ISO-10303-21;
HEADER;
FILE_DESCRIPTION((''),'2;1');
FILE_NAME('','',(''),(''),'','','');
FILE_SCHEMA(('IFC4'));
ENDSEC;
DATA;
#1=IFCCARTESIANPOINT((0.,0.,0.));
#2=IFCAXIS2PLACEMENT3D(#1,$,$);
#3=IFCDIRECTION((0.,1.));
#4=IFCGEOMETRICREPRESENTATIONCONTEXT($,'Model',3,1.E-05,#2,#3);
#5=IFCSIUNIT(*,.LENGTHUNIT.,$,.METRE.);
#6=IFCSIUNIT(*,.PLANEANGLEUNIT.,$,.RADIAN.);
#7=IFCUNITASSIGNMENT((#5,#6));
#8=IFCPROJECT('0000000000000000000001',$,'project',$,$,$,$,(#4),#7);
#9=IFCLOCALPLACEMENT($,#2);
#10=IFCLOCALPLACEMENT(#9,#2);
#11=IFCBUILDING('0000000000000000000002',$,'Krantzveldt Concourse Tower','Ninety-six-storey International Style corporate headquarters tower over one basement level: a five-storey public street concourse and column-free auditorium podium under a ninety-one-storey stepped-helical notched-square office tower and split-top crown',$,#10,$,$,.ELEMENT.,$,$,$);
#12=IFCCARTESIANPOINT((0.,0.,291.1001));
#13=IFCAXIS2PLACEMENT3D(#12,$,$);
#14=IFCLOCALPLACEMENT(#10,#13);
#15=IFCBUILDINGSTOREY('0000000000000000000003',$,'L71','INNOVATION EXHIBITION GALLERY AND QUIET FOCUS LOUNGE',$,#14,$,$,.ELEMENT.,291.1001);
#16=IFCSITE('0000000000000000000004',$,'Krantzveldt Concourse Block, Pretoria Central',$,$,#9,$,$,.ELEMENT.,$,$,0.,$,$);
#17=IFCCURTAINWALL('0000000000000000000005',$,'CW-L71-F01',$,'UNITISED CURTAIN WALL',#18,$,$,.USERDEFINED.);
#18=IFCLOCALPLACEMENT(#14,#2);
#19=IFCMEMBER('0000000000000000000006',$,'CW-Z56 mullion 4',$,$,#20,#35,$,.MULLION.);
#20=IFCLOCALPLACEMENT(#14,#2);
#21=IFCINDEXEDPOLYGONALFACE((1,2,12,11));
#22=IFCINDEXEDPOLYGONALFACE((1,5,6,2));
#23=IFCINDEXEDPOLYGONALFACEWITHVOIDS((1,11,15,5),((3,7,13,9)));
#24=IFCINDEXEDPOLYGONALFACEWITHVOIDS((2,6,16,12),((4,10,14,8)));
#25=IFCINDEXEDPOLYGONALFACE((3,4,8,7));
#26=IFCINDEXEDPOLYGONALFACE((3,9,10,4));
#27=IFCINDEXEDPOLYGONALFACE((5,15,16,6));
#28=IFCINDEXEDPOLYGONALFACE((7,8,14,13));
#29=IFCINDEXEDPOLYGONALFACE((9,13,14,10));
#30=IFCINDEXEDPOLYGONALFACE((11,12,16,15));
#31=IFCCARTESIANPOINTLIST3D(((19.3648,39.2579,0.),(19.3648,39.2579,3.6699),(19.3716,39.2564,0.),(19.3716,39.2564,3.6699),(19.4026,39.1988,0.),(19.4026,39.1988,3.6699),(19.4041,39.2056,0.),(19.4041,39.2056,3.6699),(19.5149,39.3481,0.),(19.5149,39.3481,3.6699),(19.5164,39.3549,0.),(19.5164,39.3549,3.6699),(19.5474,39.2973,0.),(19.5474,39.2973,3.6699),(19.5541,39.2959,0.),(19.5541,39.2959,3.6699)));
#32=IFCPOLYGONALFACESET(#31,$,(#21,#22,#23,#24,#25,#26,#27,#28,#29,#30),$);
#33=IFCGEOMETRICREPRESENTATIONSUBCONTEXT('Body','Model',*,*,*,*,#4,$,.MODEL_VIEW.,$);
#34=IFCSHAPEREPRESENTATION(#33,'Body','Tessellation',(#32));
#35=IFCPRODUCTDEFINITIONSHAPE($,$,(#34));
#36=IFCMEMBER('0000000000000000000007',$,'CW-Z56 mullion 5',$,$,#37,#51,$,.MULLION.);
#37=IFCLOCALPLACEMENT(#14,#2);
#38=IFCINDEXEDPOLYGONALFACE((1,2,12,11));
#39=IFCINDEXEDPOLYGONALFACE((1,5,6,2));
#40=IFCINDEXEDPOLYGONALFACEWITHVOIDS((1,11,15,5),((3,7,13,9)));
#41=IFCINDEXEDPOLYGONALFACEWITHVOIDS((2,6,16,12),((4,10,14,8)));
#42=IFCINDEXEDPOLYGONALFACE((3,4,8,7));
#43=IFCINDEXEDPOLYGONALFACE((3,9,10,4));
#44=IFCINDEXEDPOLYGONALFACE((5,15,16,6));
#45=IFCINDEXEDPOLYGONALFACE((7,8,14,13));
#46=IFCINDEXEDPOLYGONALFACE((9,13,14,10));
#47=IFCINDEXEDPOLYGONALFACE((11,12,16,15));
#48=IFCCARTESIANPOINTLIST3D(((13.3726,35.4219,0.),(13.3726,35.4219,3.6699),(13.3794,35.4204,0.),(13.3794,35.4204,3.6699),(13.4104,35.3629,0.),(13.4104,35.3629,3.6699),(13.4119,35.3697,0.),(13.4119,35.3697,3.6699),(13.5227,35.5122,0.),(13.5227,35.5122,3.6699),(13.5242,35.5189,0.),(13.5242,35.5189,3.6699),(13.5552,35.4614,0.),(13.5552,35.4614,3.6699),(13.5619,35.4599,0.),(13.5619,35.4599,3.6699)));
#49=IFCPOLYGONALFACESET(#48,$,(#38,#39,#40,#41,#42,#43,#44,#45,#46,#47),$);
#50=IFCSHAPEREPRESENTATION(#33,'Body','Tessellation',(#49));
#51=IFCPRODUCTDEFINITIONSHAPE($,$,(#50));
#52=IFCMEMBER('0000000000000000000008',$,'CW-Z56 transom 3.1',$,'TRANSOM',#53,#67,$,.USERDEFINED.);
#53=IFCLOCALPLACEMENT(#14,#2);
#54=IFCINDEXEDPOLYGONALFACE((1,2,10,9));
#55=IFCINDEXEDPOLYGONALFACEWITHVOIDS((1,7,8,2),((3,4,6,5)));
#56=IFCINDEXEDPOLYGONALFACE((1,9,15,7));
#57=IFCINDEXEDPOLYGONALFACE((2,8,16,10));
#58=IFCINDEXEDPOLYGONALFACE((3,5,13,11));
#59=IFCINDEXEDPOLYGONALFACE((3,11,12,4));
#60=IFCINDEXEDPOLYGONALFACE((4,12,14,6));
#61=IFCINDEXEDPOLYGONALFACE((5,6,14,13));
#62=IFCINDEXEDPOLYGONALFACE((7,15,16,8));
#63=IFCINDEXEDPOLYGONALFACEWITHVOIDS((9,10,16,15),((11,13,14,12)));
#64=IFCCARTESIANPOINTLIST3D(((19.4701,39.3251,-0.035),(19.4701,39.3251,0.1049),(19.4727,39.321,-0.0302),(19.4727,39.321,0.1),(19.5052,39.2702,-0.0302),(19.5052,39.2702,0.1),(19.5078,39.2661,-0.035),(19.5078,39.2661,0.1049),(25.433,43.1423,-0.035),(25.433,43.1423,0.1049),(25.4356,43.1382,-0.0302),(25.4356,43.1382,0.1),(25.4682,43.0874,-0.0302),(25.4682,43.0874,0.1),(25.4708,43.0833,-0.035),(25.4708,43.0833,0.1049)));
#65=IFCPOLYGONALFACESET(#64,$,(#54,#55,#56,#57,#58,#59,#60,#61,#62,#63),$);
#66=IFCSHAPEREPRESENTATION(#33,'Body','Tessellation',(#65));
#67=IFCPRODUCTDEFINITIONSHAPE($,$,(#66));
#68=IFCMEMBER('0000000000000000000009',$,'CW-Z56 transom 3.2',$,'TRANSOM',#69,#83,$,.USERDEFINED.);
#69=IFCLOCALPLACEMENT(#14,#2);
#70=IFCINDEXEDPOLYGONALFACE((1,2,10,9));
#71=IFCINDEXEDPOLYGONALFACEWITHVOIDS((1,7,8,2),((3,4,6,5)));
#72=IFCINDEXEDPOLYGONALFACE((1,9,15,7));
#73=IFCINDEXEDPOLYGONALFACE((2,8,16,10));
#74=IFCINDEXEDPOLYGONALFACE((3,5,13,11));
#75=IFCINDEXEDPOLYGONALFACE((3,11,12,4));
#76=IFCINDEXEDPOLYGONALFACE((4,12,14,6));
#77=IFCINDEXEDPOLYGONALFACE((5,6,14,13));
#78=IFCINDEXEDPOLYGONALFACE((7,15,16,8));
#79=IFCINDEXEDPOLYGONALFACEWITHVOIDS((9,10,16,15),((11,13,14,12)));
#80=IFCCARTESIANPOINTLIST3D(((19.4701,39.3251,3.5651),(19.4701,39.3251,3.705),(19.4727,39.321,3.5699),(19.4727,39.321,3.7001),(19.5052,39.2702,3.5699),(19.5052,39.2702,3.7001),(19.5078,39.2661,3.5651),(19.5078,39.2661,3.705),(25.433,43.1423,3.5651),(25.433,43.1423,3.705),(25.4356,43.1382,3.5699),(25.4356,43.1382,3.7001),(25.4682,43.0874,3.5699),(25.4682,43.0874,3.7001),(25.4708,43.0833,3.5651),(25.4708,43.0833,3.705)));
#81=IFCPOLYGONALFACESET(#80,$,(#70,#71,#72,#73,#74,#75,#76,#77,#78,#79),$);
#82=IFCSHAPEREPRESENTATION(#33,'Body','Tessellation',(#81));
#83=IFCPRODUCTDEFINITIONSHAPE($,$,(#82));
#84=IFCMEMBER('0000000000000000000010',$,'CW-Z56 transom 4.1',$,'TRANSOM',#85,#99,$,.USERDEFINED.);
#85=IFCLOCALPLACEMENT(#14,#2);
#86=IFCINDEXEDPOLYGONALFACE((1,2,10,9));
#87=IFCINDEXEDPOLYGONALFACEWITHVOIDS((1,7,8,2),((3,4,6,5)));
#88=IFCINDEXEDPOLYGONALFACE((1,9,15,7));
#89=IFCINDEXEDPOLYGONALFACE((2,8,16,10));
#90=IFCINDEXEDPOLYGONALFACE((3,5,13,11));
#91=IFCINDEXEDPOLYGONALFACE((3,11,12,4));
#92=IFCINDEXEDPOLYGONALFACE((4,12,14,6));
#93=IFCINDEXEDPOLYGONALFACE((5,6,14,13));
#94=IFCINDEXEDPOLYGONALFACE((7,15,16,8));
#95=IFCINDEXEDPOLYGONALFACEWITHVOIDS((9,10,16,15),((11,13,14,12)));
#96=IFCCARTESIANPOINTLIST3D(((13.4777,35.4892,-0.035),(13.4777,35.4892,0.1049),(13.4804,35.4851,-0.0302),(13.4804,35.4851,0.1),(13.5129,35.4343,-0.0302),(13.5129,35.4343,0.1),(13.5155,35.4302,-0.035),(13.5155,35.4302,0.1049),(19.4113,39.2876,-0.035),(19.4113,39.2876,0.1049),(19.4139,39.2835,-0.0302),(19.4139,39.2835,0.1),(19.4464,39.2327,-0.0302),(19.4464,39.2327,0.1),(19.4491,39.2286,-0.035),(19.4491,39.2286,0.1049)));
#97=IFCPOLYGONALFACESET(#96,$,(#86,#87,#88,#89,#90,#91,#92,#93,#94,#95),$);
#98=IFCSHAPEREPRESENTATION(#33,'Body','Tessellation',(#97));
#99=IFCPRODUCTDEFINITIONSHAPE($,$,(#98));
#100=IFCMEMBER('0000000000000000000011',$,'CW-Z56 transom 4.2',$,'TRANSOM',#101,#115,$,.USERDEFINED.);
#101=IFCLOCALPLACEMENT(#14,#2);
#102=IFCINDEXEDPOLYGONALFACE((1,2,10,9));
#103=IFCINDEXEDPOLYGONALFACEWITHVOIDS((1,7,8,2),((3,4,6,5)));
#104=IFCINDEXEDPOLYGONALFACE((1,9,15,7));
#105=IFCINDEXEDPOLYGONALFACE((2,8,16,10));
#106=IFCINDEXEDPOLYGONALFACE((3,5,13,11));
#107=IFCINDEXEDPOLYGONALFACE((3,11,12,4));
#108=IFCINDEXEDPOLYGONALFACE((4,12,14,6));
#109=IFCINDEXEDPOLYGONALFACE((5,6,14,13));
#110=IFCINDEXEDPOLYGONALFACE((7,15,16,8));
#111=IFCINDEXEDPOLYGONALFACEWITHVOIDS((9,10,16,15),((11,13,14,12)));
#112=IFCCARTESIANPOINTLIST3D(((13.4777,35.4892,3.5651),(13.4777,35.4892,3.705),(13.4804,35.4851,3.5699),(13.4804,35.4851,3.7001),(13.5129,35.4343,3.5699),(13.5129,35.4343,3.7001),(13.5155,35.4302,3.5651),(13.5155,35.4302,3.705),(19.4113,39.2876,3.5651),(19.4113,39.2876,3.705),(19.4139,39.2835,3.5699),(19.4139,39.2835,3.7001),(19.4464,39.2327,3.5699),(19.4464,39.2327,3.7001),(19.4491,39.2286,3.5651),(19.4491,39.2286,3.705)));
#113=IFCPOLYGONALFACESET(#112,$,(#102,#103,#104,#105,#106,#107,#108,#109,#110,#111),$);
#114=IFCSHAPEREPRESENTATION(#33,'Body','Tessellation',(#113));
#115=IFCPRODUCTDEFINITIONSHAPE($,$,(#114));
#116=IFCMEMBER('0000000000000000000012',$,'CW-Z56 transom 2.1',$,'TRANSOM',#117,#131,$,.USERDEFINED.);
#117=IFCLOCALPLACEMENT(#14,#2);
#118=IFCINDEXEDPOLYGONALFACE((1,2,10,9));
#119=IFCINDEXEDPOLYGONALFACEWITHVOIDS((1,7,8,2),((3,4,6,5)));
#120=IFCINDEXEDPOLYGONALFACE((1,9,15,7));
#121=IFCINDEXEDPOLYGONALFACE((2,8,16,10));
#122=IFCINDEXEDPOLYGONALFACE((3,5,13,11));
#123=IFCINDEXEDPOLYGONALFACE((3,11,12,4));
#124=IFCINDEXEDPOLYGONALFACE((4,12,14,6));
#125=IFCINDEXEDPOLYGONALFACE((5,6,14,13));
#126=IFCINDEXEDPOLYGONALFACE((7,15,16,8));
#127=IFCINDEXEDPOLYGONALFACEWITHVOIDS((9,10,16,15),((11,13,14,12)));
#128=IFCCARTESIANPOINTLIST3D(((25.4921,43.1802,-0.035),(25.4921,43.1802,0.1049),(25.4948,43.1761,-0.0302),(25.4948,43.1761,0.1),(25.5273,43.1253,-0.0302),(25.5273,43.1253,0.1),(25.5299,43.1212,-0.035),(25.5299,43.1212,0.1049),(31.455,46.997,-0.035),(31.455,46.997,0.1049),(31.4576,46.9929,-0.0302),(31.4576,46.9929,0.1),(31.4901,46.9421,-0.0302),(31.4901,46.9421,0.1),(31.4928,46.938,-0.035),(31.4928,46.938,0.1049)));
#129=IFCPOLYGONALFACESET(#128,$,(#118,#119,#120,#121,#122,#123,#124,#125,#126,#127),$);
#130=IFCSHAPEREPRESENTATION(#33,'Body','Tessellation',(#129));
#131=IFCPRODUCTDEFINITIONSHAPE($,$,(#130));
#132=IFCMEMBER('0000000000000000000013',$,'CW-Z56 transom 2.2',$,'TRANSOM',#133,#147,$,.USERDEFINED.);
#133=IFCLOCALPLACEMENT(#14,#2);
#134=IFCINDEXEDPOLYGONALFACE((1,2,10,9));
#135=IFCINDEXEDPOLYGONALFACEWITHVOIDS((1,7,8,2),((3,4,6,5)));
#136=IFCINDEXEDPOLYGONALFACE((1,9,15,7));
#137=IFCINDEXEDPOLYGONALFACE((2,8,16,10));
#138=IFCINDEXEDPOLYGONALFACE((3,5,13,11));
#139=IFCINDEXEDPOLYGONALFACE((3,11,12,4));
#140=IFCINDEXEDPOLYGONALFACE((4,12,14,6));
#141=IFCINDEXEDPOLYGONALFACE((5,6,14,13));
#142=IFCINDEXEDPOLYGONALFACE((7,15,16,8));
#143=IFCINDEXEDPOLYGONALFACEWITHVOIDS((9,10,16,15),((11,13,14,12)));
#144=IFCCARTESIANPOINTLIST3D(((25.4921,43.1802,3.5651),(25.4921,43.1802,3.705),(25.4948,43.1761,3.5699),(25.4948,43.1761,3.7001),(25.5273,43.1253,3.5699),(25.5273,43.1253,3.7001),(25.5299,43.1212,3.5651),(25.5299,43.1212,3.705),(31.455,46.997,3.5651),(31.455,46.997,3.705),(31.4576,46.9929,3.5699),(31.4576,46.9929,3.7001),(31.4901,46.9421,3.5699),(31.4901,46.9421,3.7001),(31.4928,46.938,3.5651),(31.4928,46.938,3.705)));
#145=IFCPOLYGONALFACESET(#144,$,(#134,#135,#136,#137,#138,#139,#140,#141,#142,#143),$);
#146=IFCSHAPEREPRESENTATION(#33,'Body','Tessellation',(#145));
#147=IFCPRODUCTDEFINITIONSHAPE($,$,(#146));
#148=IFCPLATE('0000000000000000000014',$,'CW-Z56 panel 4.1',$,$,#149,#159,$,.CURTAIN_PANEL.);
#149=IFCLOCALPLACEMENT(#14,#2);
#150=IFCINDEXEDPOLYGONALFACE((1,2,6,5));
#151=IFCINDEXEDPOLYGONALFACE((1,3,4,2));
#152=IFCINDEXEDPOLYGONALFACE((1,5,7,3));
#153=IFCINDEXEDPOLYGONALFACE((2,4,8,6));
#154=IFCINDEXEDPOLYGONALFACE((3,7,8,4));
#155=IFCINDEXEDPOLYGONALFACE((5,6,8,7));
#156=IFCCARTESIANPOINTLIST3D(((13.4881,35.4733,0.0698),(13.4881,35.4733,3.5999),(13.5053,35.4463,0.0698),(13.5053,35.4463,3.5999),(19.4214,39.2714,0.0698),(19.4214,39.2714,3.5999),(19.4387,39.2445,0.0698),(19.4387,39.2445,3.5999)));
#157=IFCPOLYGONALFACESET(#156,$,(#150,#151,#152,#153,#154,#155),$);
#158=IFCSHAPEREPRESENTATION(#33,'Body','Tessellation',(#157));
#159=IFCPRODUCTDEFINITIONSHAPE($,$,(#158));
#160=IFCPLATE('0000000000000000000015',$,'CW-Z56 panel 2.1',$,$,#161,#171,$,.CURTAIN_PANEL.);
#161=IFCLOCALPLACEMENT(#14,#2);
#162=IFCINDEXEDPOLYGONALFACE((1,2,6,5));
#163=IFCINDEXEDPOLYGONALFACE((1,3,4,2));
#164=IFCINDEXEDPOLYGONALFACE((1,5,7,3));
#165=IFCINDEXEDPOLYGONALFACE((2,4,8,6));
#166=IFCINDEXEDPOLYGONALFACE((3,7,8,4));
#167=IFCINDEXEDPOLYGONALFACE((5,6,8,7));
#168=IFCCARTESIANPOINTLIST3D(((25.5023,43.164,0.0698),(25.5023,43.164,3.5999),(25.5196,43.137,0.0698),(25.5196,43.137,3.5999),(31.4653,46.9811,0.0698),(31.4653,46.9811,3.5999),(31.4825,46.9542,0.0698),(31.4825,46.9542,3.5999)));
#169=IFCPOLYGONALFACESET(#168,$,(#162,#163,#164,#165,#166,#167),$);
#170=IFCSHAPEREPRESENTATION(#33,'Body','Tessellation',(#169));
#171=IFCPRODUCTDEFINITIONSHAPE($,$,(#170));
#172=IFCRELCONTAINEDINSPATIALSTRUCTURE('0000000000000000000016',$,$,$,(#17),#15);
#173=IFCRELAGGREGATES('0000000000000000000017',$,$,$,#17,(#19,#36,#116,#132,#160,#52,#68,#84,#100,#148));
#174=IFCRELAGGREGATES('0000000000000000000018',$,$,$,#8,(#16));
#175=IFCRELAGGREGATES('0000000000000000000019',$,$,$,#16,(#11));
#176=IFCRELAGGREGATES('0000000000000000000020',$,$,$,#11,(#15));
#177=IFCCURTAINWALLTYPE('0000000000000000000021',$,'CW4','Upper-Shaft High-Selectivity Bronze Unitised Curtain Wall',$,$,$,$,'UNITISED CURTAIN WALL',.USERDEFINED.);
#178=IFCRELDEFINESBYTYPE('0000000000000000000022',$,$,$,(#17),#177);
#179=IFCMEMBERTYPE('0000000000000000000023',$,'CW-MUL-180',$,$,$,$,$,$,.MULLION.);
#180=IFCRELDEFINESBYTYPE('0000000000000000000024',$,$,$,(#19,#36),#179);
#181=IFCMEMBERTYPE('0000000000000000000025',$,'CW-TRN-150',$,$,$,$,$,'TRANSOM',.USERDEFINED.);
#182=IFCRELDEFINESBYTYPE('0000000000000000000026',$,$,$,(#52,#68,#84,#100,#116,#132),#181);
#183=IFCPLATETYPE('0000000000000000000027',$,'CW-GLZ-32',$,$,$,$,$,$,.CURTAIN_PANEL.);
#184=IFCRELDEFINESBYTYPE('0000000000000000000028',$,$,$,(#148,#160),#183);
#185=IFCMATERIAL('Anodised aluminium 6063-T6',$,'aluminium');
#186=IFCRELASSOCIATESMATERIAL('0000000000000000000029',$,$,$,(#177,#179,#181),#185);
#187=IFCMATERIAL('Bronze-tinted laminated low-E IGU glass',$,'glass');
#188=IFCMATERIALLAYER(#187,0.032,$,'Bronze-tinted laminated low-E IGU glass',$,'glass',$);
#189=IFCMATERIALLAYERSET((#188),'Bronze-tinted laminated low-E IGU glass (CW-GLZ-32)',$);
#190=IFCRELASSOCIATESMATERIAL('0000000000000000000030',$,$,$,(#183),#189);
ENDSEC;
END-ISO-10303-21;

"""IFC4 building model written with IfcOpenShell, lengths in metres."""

from ifc_helpers import new_model, si_unit, direction, frame, origin, origin_2d, place, context, subcontext, project, spatial, rectangle, hollow_rectangle, extrude, source, transform, mapped, material, layer, layer_set, material_profile, profile_set, type_object, type_shapes, element, aggregate, save


model = new_model("IFC4")

# Units and contexts
model_context = context("Model", 3, precision=1e-05, world=origin(), true_north=direction((0.0, 1.0)))
body_context = subcontext(model_context, "Body", "Model", "MODEL_VIEW")
ifc_project = project(units=[si_unit("LENGTHUNIT", "METRE"), si_unit("PLANEANGLEUNIT", "RADIAN")], contexts=[model_context])

# Site, building, storey
site_placement = place(None, origin())
site = spatial("IfcSite", under=ifc_project, at=site_placement, Name="Krantzveldt Concourse Block, Pretoria Central", CompositionType="ELEMENT", RefElevation=0.0)
building_placement = place(site_placement, origin())
building = spatial("IfcBuilding", under=site, at=building_placement, Name="Krantzveldt Concourse Tower", Description="Ninety-six-storey International Style corporate headquarters tower over one basement level: a five-storey public street concourse and column-free auditorium podium under a ninety-one-storey stepped-helical notched-square office tower and split-top crown", CompositionType="ELEMENT")
storey_placement = place(building_placement, frame((0.0, 0.0, 291.1001)))
storey = spatial("IfcBuildingStorey", under=building, at=storey_placement, Name="L71", Description="INNOVATION EXHIBITION GALLERY AND QUIET FOCUS LOUNGE", CompositionType="ELEMENT", Elevation=291.1001)

# Curtain wall, members, plates
ifc_material_1 = material(Name="Anodised aluminium 6063-T6", Category="aluminium")
curtain_wall_type = type_object("IfcCurtainWallType", Name="CW4", Description="Upper-Shaft High-Selectivity Bronze Unitised Curtain Wall", ElementType="UNITISED CURTAIN WALL", PredefinedType="USERDEFINED", material=ifc_material_1)
curtain_wall_placement = place(storey_placement, origin())
curtain_wall = element("IfcCurtainWall", 1, at=curtain_wall_placement, inside=storey, type_object=curtain_wall_type, Name="CW-L71-F01", ObjectType="UNITISED CURTAIN WALL", PredefinedType="USERDEFINED")
ifc_material_profile_1 = material_profile(ifc_material_1, hollow_rectangle(XDim=0.0701, YDim=0.1799, WallThickness=0.0049, at=origin_2d()), Name="Anodised aluminium 6063-T6", Category="aluminium")
ifc_profile_set_1 = profile_set([ifc_material_profile_1], Name="Anodised aluminium 6063-T6 - ALU-MULL 180x70x5")
member_type_1 = type_object("IfcMemberType", Name="CW-MUL-180", PredefinedType="MULLION", material=ifc_profile_set_1)
shared_shape_1 = source(origin(), body_context, "Body", "SweptSolid", [
    extrude(hollow_rectangle(XDim=0.0701, YDim=0.1799, WallThickness=0.0049, at=origin_2d()), origin(), (0.0, 0.0, 1.0), 3.6699),
])
type_shapes(member_type_1, [shared_shape_1])
member_1_placement = place(storey_placement, frame((19.4595, 39.2769, 0.0), z_axis=(0.0, 0.0, 1.0), x_axis=(0.539138, -0.842217, 0.0)))
member_1 = element("IfcMember", 2, at=member_1_placement, type_object=member_type_1, Name="CW-Z56 mullion 4", PredefinedType="MULLION", context=body_context, shape_type="MappedRepresentation", body=[
    mapped(shared_shape_1, transform((0.0, 0.0, 0.0), x_axis=(1.0, 0.0, 0.0), y_axis=(0.0, 1.0, 0.0), z_axis=(0.0, 0.0, 1.0), scale=1.0)),
])
member_2_placement = place(storey_placement, frame((13.4673, 35.4409, 0.0), z_axis=(0.0, 0.0, 1.0), x_axis=(0.539138, -0.842217, 0.0)))
member_2 = element("IfcMember", 3, at=member_2_placement, type_object=member_type_1, Name="CW-Z56 mullion 5", PredefinedType="MULLION", context=body_context, shape_type="MappedRepresentation", body=[
    mapped(shared_shape_1, transform((0.0, 0.0, 0.0), x_axis=(1.0, 0.0, 0.0), y_axis=(0.0, 1.0, 0.0), z_axis=(0.0, 0.0, 1.0), scale=1.0)),
])
ifc_material_profile_2 = material_profile(ifc_material_1, hollow_rectangle(XDim=0.0701, YDim=0.1399, WallThickness=0.0049, at=origin_2d()), Name="Anodised aluminium 6063-T6", Category="aluminium")
ifc_profile_set_2 = profile_set([ifc_material_profile_2], Name="Anodised aluminium 6063-T6 - ALU-TRAN 140x70x5")
member_type_2 = type_object("IfcMemberType", Name="CW-TRN-150", ElementType="TRANSOM", PredefinedType="USERDEFINED", material=ifc_profile_set_2)
shared_shape_2 = source(origin(), body_context, "Body", "SweptSolid", [
    extrude(hollow_rectangle(XDim=0.0701, YDim=0.1399, WallThickness=0.0049, at=origin_2d()), origin(), (0.0, 0.0, 1.0), 7.0801),
])
member_3_placement = place(storey_placement, frame((25.4519, 43.1128, 0.0349), z_axis=(-0.842214, -0.539143, 0.0), x_axis=(0.539143, -0.842214, 0.0)))
member_3 = element("IfcMember", 4, at=member_3_placement, type_object=member_type_2, Name="CW-Z56 transom 3.1", ObjectType="TRANSOM", PredefinedType="USERDEFINED", context=body_context, shape_type="MappedRepresentation", body=[
    mapped(shared_shape_2, transform((0.0, 0.0, 0.0), x_axis=(1.0, 0.0, 0.0), y_axis=(0.0, 1.0, 0.0), z_axis=(0.0, 0.0, 1.0), scale=1.0)),
])
member_4_placement = place(storey_placement, frame((25.4519, 43.1128, 3.635), z_axis=(-0.842214, -0.539143, 0.0), x_axis=(0.539143, -0.842214, 0.0)))
member_4 = element("IfcMember", 5, at=member_4_placement, type_object=member_type_2, Name="CW-Z56 transom 3.2", ObjectType="TRANSOM", PredefinedType="USERDEFINED", context=body_context, shape_type="MappedRepresentation", body=[
    mapped(shared_shape_2, transform((0.0, 0.0, 0.0), x_axis=(1.0, 0.0, 0.0), y_axis=(0.0, 1.0, 0.0), z_axis=(0.0, 0.0, 1.0), scale=1.0)),
])
shared_shape_3 = source(origin(), body_context, "Body", "SweptSolid", [
    extrude(hollow_rectangle(XDim=0.0701, YDim=0.1399, WallThickness=0.0049, at=origin_2d()), origin(), (0.0, 0.0, 1.0), 7.0452),
])
member_5_placement = place(storey_placement, frame((19.4302, 39.2581, 0.0349), z_axis=(-0.842217, -0.539138, 0.0), x_axis=(0.539138, -0.842217, 0.0)))
member_5 = element("IfcMember", 6, at=member_5_placement, type_object=member_type_2, Name="CW-Z56 transom 4.1", ObjectType="TRANSOM", PredefinedType="USERDEFINED", context=body_context, shape_type="MappedRepresentation", body=[
    mapped(shared_shape_3, transform((0.0, 0.0, 0.0), x_axis=(1.0, 0.0, 0.0), y_axis=(0.0, 1.0, 0.0), z_axis=(0.0, 0.0, 1.0), scale=1.0)),
])
member_6_placement = place(storey_placement, frame((19.4302, 39.2581, 3.635), z_axis=(-0.842217, -0.539138, 0.0), x_axis=(0.539138, -0.842217, 0.0)))
member_6 = element("IfcMember", 7, at=member_6_placement, type_object=member_type_2, Name="CW-Z56 transom 4.2", ObjectType="TRANSOM", PredefinedType="USERDEFINED", context=body_context, shape_type="MappedRepresentation", body=[
    mapped(shared_shape_3, transform((0.0, 0.0, 0.0), x_axis=(1.0, 0.0, 0.0), y_axis=(0.0, 1.0, 0.0), z_axis=(0.0, 0.0, 1.0), scale=1.0)),
])
shared_shape_4 = source(origin(), body_context, "Body", "SweptSolid", [
    extrude(hollow_rectangle(XDim=0.0701, YDim=0.1399, WallThickness=0.0049, at=origin_2d()), origin(), (0.0, 0.0, 1.0), 7.0798),
])
type_shapes(member_type_2, [shared_shape_2, shared_shape_3, shared_shape_4])
member_7_placement = place(storey_placement, frame((31.4739, 46.9675, 0.0349), z_axis=(-0.84223, -0.539118, 0.0), x_axis=(0.539118, -0.84223, 0.0)))
member_7 = element("IfcMember", 8, at=member_7_placement, type_object=member_type_2, Name="CW-Z56 transom 2.1", ObjectType="TRANSOM", PredefinedType="USERDEFINED", context=body_context, shape_type="MappedRepresentation", body=[
    mapped(shared_shape_4, transform((0.0, 0.0, 0.0), x_axis=(1.0, 0.0, 0.0), y_axis=(0.0, 1.0, 0.0), z_axis=(0.0, 0.0, 1.0), scale=1.0)),
])
member_8_placement = place(storey_placement, frame((31.4739, 46.9675, 3.635), z_axis=(-0.84223, -0.539118, 0.0), x_axis=(0.539118, -0.84223, 0.0)))
member_8 = element("IfcMember", 9, at=member_8_placement, type_object=member_type_2, Name="CW-Z56 transom 2.2", ObjectType="TRANSOM", PredefinedType="USERDEFINED", context=body_context, shape_type="MappedRepresentation", body=[
    mapped(shared_shape_4, transform((0.0, 0.0, 0.0), x_axis=(1.0, 0.0, 0.0), y_axis=(0.0, 1.0, 0.0), z_axis=(0.0, 0.0, 1.0), scale=1.0)),
])
ifc_material_2 = material(Name="Bronze-tinted laminated low-E IGU glass", Category="glass")
ifc_layer_1 = layer(ifc_material_2, 0.032, Name="Bronze-tinted laminated low-E IGU glass", Category="glass")
ifc_layer_set_1 = layer_set([ifc_layer_1], Name="Bronze-tinted laminated low-E IGU glass (CW-GLZ-32)")
plate_type = type_object("IfcPlateType", Name="CW-GLZ-32", PredefinedType="CURTAIN_PANEL", material=ifc_layer_set_1)
shared_shape_5 = source(origin(), body_context, "Body", "SweptSolid", [
    extrude(rectangle(XDim=7.0449, YDim=0.032, at=origin_2d()), origin(), (0.0, 0.0, 1.0), 3.53),
])
plate_1_placement = place(storey_placement, frame((16.4634, 37.3589, 0.0698), z_axis=(0.0, 0.0, 1.0), x_axis=(-0.842217, -0.539138, 0.0)))
plate_1 = element("IfcPlate", 10, at=plate_1_placement, type_object=plate_type, Name="CW-Z56 panel 4.1", PredefinedType="CURTAIN_PANEL", context=body_context, shape_type="MappedRepresentation", body=[
    mapped(shared_shape_5, transform((0.0, 0.0, 0.0), x_axis=(1.0, 0.0, 0.0), y_axis=(0.0, 1.0, 0.0), z_axis=(0.0, 0.0, 1.0), scale=1.0)),
])
shared_shape_6 = source(origin(), body_context, "Body", "SweptSolid", [
    extrude(rectangle(XDim=7.0801, YDim=0.032, at=origin_2d()), origin(), (0.0, 0.0, 1.0), 3.53),
])
type_shapes(plate_type, [shared_shape_5, shared_shape_6])
plate_2_placement = place(storey_placement, frame((28.4924, 45.0591, 0.0698), z_axis=(0.0, 0.0, 1.0), x_axis=(-0.842217, -0.539138, 0.0)))
plate_2 = element("IfcPlate", 11, at=plate_2_placement, type_object=plate_type, Name="CW-Z56 panel 2.1", PredefinedType="CURTAIN_PANEL", context=body_context, shape_type="MappedRepresentation", body=[
    mapped(shared_shape_6, transform((0.0, 0.0, 0.0), x_axis=(1.0, 0.0, 0.0), y_axis=(0.0, 1.0, 0.0), z_axis=(0.0, 0.0, 1.0), scale=1.0)),
])
aggregate(curtain_wall, [member_1, member_2, member_7, member_8, plate_2, member_3, member_4, member_5, member_6, plate_1])

save(model, "model.ifc")
